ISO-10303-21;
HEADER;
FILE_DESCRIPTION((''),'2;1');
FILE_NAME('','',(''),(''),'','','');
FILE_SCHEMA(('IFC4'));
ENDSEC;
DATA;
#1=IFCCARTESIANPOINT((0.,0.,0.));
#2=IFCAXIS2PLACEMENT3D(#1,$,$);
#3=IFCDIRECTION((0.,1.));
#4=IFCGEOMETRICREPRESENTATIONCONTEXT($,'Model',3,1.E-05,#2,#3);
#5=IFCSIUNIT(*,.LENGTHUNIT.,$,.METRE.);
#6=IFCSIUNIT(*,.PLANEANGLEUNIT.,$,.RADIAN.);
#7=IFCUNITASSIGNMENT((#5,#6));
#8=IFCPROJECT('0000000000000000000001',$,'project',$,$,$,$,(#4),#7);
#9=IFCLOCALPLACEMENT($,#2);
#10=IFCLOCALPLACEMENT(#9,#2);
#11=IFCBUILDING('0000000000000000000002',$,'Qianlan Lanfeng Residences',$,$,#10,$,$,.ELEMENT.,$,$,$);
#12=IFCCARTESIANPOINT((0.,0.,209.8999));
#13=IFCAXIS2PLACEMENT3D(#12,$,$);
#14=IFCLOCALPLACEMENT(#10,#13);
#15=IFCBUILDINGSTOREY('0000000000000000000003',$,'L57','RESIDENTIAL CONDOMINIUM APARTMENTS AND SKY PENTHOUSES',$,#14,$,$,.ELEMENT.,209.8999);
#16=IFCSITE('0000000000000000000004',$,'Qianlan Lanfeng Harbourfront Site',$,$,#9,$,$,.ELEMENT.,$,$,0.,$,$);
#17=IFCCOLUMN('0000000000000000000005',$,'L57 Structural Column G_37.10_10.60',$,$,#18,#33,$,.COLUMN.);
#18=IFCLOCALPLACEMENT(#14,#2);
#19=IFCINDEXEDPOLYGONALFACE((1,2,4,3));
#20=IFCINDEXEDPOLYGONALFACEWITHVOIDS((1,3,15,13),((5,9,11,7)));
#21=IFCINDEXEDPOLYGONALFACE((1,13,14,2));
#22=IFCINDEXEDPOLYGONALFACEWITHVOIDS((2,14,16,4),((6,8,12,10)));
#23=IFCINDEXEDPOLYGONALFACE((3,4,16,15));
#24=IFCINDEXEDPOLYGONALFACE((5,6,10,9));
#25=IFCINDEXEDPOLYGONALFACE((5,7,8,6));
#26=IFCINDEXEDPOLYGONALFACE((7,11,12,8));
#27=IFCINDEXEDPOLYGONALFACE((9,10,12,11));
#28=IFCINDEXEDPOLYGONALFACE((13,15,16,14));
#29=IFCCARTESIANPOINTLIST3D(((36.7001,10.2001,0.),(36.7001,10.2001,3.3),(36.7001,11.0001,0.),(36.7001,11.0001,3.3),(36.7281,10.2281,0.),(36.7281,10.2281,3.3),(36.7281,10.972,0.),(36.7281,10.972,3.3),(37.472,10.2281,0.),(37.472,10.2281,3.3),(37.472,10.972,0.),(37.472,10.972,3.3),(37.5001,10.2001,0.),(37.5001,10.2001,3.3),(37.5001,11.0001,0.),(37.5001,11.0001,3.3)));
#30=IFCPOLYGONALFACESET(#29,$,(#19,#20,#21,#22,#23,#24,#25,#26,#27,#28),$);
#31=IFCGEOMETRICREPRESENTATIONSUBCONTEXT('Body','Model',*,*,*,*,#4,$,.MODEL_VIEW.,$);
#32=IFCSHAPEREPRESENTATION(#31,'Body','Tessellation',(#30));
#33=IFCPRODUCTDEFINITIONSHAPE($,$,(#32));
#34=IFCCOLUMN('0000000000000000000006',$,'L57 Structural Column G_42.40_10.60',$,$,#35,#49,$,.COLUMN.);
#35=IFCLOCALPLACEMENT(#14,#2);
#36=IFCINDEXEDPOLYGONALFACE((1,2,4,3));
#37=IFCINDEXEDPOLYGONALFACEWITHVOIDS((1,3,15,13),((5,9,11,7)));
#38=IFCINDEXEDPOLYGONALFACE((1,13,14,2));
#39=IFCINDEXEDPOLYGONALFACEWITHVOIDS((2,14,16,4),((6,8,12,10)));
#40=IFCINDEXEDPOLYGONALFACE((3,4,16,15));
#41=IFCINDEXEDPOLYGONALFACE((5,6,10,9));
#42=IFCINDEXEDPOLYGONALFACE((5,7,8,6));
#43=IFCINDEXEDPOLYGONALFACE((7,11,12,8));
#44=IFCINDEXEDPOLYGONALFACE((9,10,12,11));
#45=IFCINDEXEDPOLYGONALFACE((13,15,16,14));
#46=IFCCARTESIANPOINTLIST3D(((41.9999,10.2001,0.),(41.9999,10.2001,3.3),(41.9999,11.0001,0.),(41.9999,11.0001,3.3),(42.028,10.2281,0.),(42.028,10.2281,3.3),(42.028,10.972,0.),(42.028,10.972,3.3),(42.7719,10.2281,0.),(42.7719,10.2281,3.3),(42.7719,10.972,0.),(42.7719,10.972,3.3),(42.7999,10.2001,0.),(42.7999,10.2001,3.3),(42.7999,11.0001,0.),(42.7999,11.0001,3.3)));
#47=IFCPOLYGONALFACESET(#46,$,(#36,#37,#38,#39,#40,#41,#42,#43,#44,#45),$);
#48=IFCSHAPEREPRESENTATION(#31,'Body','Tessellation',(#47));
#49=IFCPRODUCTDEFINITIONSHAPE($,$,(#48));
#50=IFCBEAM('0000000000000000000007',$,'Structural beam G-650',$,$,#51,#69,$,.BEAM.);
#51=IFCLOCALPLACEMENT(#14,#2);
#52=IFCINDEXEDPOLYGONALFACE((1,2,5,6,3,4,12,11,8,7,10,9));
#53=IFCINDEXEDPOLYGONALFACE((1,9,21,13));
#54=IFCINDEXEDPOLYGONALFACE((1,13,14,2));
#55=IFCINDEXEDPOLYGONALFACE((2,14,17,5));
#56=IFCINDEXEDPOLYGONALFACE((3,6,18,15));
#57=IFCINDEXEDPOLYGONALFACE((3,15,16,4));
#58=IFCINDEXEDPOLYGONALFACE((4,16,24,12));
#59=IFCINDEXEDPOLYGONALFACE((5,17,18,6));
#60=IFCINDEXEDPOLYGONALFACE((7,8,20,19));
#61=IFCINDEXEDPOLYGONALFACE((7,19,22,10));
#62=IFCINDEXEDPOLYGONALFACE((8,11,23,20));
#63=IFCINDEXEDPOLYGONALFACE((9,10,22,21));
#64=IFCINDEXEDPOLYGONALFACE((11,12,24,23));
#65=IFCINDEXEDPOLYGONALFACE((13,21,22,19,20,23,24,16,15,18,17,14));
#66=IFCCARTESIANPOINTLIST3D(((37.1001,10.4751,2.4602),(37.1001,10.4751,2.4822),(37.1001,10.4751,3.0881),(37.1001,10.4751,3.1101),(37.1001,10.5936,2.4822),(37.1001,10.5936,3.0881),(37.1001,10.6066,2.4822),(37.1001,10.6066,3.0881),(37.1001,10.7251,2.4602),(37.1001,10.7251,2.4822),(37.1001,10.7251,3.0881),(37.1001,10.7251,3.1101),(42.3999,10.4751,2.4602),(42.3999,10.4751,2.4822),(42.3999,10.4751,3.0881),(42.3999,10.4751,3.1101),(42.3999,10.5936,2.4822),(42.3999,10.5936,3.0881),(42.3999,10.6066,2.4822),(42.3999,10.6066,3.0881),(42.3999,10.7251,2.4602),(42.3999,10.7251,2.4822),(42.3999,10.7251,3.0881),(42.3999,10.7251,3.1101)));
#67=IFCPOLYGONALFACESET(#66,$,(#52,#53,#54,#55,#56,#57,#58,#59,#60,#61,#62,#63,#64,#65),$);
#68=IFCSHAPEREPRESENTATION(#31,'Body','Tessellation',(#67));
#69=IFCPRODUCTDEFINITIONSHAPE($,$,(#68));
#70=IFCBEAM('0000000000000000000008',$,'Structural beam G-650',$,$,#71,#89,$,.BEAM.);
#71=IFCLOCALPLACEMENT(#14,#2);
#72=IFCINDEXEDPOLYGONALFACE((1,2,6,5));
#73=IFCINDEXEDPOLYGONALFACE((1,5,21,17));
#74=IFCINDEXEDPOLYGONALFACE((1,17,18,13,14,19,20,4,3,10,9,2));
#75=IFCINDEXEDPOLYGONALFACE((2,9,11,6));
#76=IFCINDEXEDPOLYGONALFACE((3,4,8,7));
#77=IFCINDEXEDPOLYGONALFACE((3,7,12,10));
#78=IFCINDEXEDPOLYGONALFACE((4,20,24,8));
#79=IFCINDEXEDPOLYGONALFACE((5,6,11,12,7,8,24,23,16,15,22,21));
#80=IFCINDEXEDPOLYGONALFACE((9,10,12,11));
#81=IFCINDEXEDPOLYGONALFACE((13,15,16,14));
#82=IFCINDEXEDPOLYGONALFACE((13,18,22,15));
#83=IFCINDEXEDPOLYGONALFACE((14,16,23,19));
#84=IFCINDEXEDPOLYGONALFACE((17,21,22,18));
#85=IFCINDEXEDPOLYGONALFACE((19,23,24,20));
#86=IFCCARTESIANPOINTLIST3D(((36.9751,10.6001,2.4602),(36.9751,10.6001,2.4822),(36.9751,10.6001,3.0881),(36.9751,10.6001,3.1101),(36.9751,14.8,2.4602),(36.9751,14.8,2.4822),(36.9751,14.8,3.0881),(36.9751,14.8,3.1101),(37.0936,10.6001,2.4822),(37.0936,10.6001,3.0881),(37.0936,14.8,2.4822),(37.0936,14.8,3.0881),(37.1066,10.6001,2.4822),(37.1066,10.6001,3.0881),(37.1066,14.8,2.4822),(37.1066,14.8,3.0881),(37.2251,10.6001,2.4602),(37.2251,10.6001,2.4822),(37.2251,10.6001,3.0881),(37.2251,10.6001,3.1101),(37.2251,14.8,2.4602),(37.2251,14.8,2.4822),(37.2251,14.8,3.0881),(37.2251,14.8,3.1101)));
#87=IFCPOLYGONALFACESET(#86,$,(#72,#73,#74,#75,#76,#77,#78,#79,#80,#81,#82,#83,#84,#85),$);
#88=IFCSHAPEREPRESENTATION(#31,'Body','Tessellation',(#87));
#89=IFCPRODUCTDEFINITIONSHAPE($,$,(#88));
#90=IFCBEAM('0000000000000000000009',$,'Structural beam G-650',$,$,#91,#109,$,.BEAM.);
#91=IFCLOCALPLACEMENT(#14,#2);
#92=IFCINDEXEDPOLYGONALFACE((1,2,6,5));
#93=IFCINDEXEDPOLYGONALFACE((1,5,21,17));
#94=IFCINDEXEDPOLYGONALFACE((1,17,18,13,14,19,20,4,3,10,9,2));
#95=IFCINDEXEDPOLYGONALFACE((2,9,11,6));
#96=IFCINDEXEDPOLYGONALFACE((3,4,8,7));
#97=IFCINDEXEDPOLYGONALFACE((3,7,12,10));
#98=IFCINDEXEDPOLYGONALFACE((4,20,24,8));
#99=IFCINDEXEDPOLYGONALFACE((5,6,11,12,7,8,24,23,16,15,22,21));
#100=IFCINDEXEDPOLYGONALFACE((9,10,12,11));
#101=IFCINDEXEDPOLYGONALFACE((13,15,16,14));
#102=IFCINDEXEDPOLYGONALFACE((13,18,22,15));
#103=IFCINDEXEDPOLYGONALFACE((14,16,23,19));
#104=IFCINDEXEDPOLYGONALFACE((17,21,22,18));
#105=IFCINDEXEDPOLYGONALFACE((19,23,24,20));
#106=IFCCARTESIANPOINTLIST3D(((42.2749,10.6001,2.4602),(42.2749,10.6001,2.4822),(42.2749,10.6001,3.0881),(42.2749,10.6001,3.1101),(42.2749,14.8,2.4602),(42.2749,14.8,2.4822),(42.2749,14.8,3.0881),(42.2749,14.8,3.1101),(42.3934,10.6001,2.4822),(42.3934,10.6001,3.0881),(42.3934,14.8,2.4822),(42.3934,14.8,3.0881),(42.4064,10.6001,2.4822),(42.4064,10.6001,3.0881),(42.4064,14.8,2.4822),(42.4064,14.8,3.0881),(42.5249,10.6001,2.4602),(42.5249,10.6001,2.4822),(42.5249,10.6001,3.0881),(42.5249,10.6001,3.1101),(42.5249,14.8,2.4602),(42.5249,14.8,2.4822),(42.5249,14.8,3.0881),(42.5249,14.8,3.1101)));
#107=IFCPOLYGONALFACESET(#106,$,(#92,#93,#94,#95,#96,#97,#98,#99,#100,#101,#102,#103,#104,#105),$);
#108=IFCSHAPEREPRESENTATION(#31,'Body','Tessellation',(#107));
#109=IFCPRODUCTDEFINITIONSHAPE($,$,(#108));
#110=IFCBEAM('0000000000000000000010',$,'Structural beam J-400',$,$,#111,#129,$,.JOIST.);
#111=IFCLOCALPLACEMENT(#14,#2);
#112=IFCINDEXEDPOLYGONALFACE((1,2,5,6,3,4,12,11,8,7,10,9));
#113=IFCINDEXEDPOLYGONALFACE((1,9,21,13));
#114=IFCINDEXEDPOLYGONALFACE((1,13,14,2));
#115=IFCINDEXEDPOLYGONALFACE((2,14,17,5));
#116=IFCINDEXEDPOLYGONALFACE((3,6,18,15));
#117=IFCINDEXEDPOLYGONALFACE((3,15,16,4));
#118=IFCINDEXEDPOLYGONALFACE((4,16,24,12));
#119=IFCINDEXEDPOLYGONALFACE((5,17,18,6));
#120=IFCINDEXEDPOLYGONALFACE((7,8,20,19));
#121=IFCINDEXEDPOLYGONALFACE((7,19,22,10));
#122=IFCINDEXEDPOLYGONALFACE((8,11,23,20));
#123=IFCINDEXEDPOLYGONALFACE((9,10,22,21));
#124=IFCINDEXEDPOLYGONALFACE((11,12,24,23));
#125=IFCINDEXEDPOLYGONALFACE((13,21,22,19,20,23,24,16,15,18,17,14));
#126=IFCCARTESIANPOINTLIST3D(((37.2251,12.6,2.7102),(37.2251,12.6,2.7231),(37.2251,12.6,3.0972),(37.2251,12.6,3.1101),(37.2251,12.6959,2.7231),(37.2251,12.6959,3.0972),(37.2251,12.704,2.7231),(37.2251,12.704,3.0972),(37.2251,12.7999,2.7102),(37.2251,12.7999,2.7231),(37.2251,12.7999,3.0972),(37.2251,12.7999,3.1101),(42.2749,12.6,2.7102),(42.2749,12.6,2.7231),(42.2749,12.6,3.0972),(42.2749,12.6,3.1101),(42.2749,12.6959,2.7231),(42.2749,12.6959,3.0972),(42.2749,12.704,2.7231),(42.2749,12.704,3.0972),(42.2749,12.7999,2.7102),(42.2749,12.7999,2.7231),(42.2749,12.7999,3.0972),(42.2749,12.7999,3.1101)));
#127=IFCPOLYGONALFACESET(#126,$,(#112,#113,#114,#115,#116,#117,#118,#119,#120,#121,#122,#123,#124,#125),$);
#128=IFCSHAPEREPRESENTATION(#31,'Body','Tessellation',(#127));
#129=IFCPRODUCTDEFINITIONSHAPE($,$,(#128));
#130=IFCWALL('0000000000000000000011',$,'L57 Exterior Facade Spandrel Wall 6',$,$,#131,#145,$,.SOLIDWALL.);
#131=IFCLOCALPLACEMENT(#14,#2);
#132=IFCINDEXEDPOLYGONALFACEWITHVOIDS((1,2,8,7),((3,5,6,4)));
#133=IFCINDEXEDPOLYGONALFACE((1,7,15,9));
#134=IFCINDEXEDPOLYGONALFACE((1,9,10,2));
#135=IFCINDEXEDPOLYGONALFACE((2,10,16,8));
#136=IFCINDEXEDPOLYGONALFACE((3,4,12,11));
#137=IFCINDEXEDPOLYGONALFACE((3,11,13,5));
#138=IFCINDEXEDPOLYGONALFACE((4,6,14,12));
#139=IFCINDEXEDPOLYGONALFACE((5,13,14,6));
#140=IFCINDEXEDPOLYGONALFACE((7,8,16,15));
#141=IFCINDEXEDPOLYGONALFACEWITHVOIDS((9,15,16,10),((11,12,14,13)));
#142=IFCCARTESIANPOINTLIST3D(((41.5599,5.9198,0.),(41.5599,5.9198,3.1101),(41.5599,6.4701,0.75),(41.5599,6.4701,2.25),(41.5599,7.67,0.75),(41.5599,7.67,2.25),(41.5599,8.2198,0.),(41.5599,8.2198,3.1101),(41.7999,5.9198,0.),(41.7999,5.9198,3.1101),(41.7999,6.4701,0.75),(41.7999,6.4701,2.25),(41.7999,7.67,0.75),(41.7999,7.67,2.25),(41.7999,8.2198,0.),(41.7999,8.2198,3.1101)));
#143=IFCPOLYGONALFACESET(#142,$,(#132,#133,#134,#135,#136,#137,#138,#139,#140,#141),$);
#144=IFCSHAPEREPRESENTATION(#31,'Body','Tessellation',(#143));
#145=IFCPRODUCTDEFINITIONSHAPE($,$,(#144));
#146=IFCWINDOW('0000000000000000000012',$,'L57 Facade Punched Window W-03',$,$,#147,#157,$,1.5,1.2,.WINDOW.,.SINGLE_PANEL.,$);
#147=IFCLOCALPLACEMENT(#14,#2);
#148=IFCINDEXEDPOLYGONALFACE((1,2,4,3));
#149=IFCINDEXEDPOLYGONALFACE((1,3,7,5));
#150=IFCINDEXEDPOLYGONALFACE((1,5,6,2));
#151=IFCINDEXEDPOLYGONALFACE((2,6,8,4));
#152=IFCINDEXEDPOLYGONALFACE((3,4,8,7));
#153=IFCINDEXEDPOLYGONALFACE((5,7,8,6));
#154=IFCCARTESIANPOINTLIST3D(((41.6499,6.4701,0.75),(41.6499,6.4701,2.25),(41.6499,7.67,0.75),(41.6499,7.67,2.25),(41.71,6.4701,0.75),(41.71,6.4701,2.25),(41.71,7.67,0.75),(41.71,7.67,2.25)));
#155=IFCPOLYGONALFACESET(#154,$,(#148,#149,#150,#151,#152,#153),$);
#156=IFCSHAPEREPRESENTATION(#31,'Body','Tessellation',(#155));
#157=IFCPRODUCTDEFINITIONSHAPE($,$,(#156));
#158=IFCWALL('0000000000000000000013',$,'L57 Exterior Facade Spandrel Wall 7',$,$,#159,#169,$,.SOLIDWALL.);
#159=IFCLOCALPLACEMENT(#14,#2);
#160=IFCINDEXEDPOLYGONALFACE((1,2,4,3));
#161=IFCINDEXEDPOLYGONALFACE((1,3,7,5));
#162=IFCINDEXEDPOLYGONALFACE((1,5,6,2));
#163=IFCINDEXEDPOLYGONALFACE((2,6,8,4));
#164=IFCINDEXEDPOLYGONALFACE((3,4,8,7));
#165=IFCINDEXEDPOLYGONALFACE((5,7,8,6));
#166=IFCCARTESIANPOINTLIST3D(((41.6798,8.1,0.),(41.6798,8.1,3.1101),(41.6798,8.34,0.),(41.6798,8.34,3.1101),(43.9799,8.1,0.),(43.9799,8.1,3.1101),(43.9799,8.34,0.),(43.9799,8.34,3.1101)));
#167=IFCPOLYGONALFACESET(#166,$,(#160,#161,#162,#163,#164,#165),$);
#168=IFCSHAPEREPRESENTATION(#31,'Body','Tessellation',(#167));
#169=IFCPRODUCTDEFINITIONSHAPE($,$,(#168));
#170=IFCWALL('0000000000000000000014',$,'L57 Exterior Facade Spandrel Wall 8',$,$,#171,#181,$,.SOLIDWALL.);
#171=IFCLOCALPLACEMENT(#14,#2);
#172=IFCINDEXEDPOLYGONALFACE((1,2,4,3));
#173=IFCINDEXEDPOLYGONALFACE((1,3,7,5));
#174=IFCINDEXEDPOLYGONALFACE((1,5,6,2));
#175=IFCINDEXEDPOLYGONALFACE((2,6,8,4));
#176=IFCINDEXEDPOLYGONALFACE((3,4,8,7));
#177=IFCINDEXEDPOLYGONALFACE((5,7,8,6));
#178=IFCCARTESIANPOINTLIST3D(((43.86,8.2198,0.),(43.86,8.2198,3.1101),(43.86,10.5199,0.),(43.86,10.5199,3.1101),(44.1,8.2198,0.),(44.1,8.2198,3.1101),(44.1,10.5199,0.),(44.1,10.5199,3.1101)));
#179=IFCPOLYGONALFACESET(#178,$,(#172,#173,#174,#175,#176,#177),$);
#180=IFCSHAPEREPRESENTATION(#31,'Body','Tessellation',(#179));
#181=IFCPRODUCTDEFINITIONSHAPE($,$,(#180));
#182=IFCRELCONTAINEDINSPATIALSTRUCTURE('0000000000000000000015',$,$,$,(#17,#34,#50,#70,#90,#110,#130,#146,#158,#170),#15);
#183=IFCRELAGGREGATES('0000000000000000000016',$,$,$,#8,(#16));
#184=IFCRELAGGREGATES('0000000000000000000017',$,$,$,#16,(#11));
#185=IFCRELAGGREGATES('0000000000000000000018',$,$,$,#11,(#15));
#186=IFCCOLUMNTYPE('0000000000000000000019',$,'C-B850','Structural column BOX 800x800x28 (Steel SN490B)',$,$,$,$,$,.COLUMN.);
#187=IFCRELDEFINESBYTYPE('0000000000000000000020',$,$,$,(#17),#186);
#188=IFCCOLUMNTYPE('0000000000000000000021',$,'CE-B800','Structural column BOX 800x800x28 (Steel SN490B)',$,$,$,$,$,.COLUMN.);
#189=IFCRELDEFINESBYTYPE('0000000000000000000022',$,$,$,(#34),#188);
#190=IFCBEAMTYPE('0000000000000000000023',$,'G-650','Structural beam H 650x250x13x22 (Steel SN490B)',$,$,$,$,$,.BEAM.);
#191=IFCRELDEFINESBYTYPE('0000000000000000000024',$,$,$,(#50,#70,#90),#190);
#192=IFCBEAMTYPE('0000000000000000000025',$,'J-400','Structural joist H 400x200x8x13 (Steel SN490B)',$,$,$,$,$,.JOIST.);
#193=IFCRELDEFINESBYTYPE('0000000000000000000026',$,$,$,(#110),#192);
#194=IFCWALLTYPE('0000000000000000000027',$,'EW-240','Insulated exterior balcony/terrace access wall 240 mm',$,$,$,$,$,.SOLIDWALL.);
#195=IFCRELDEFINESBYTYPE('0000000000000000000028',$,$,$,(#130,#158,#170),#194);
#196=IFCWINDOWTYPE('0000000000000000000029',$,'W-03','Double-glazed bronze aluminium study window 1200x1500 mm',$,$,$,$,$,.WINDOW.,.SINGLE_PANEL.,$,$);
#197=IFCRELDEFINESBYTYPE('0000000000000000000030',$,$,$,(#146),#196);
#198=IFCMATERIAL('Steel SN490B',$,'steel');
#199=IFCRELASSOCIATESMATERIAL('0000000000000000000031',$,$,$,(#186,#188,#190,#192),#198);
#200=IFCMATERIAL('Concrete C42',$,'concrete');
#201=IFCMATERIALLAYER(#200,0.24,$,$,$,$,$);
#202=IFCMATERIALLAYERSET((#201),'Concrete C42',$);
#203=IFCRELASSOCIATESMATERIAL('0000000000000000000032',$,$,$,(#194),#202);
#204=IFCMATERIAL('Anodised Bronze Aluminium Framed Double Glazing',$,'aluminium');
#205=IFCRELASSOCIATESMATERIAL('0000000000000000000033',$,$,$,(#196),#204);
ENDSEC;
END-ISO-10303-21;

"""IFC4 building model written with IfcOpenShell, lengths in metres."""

from ifc_helpers import new_model, si_unit, direction, frame, frame_2d, origin, origin_2d, place, context, subcontext, project, spatial, rectangle, hollow_rectangle, i_section, extrude, material, layer, layer_set, material_profile, profile_set, type_object, element, fill, save


model = new_model("IFC4")

# Units and contexts
model_context = context("Model", 3, precision=1e-05, world=origin(), true_north=direction((0.0, 1.0)))
body_context = subcontext(model_context, "Body", "Model", "MODEL_VIEW")
ifc_project = project(units=[si_unit("LENGTHUNIT", "METRE"), si_unit("PLANEANGLEUNIT", "RADIAN")], contexts=[model_context])

# Site, building, storey
site_placement = place(None, origin())
site = spatial("IfcSite", under=ifc_project, at=site_placement, Name="Qianlan Lanfeng Harbourfront Site", CompositionType="ELEMENT", RefElevation=0.0)
building_placement = place(site_placement, origin())
building = spatial("IfcBuilding", under=site, at=building_placement, Name="Qianlan Lanfeng Residences", CompositionType="ELEMENT")
storey_placement = place(building_placement, frame((0.0, 0.0, 209.8999)))
storey = spatial("IfcBuildingStorey", under=building, at=storey_placement, Name="L57", Description="RESIDENTIAL CONDOMINIUM APARTMENTS AND SKY PENTHOUSES", CompositionType="ELEMENT", Elevation=209.8999)

# Columns
ifc_material_1 = material(Name="Steel SN490B", Category="steel")
ifc_material_profile_1 = material_profile(ifc_material_1, hollow_rectangle(XDim=0.8, YDim=0.8, WallThickness=0.0281, at=origin_2d()), Name="BOX 800x800x28")
ifc_profile_set_1 = profile_set([ifc_material_profile_1], Name="Steel SN490B")
column_type_1 = type_object("IfcColumnType", Name="C-B850", Description="Structural column BOX 800x800x28 (Steel SN490B)", PredefinedType="COLUMN", material=ifc_profile_set_1)
column_1_placement = place(storey_placement, frame((37.1001, 10.6001, 0.0), z_axis=(0.0, 0.0, 1.0), x_axis=(1.0, 0.0, 0.0)))
element("IfcColumn", 1, at=column_1_placement, inside=storey, type_object=column_type_1, Name="L57 Structural Column G_37.10_10.60", PredefinedType="COLUMN", context=body_context, shape_type="SweptSolid", body=[
    extrude(hollow_rectangle(XDim=0.8, YDim=0.8, WallThickness=0.0281, at=origin_2d()), origin(), (0.0, 0.0, 1.0), 3.3),
])
ifc_material_profile_2 = material_profile(ifc_material_1, hollow_rectangle(XDim=0.8, YDim=0.8, WallThickness=0.0281, at=origin_2d()), Name="BOX 800x800x28")
ifc_profile_set_2 = profile_set([ifc_material_profile_2], Name="Steel SN490B")
column_type_2 = type_object("IfcColumnType", Name="CE-B800", Description="Structural column BOX 800x800x28 (Steel SN490B)", PredefinedType="COLUMN", material=ifc_profile_set_2)
column_2_placement = place(storey_placement, frame((42.3999, 10.6001, 0.0), z_axis=(0.0, 0.0, 1.0), x_axis=(1.0, 0.0, 0.0)))
element("IfcColumn", 2, at=column_2_placement, inside=storey, type_object=column_type_2, Name="L57 Structural Column G_42.40_10.60", PredefinedType="COLUMN", context=body_context, shape_type="SweptSolid", body=[
    extrude(hollow_rectangle(XDim=0.8, YDim=0.8, WallThickness=0.0281, at=origin_2d()), origin(), (0.0, 0.0, 1.0), 3.3),
])

# Beams
ifc_material_profile_3 = material_profile(ifc_material_1, i_section(OverallWidth=0.25, OverallDepth=0.6499, WebThickness=0.0129, FlangeThickness=0.022, at=origin_2d()), Name="H 650x250x13x22")
ifc_profile_set_3 = profile_set([ifc_material_profile_3], Name="Steel SN490B")
beam_type_1 = type_object("IfcBeamType", Name="G-650", Description="Structural beam H 650x250x13x22 (Steel SN490B)", PredefinedType="BEAM", material=ifc_profile_set_3)
beam_1_placement = place(storey_placement, frame((37.1001, 10.6001, 2.7852), z_axis=(1.0, 0.0, 0.0), x_axis=(0.0, 1.0, 0.0)))
element("IfcBeam", 3, at=beam_1_placement, inside=storey, type_object=beam_type_1, Name="Structural beam G-650", PredefinedType="BEAM", context=body_context, shape_type="SweptSolid", body=[
    extrude(i_section(OverallWidth=0.25, OverallDepth=0.6499, WebThickness=0.0129, FlangeThickness=0.022, at=origin_2d()), origin(), (0.0, 0.0, 1.0), 5.2998),
])
for number, where, z_axis, x_axis, name in (
    (4, (37.1001, 10.6001, 2.7852), (0.0, 1.0, 0.0), (-1.0, 0.0, 0.0), "Structural beam G-650"),
    (5, (42.3999, 10.6001, 2.7852), (0.0, 1.0, 0.0), (-1.0, 0.0, 0.0), "Structural beam G-650"),
):
    element("IfcBeam", number, at=place(storey_placement, frame(where, z_axis=z_axis, x_axis=x_axis)), inside=storey, type_object=beam_type_1, Name=name, PredefinedType="BEAM", context=body_context, shape_type="SweptSolid", body=[
        extrude(i_section(OverallWidth=0.25, OverallDepth=0.6499, WebThickness=0.0129, FlangeThickness=0.022, at=origin_2d()), origin(), (0.0, 0.0, 1.0), 4.2),
    ])
ifc_material_profile_4 = material_profile(ifc_material_1, i_section(OverallWidth=0.2, OverallDepth=0.3999, WebThickness=0.0081, FlangeThickness=0.0129, at=origin_2d()), Name="H 400x200x8x13")
ifc_profile_set_4 = profile_set([ifc_material_profile_4], Name="Steel SN490B")
beam_type_2 = type_object("IfcBeamType", Name="J-400", Description="Structural joist H 400x200x8x13 (Steel SN490B)", PredefinedType="JOIST", material=ifc_profile_set_4)
beam_2_placement = place(storey_placement, frame((37.2251, 12.7, 2.9102), z_axis=(1.0, 0.0, 0.0), x_axis=(0.0, 1.0, 0.0)))
element("IfcBeam", 6, at=beam_2_placement, inside=storey, type_object=beam_type_2, Name="Structural beam J-400", PredefinedType="JOIST", context=body_context, shape_type="SweptSolid", body=[
    extrude(i_section(OverallWidth=0.2, OverallDepth=0.3999, WebThickness=0.0081, FlangeThickness=0.0129, at=origin_2d()), origin(), (0.0, 0.0, 1.0), 5.0498),
])

# Wall, opening, window
ifc_material_2 = material(Name="Concrete C42", Category="concrete")
ifc_layer_1 = layer(ifc_material_2, 0.24)
ifc_layer_set_1 = layer_set([ifc_layer_1], Name="Concrete C42")
wall_type_1 = type_object("IfcWallType", Name="EW-240", Description="Insulated exterior balcony/terrace access wall 240 mm", PredefinedType="SOLIDWALL", material=ifc_layer_set_1)
wall_1_placement = place(storey_placement, frame((41.6799, 5.9199, 0.0), z_axis=(0.0, 0.0, 1.0), x_axis=(0.0, 1.0, 0.0)))
wall_1 = element("IfcWall", 7, at=wall_1_placement, inside=storey, type_object=wall_type_1, Name="L57 Exterior Facade Spandrel Wall 6", PredefinedType="SOLIDWALL", context=body_context, shape_type="SweptSolid", body=[
    extrude(rectangle(XDim=2.3, YDim=0.24, at=frame_2d((1.1499, 0.0))), origin(), (0.0, 0.0, 1.0), 3.1101),
])
opening_1_placement = place(wall_1_placement, frame((0.55, 0.0, 0.75)))
opening_1 = element("IfcOpeningElement", 8, at=opening_1_placement, cuts=wall_1, PredefinedType="OPENING", context=body_context, shape_type="SweptSolid", body=[
    extrude(rectangle(XDim=1.2, YDim=1.5, at=frame_2d((0.6001, 0.75))), frame((0.0, 0.1299, 0.0), z_axis=(0.0, -1.0, 0.0), x_axis=(1.0, 0.0, 0.0)), (0.0, 0.0, 1.0), 0.26),
])
ifc_material_3 = material(Name="Anodised Bronze Aluminium Framed Double Glazing", Category="aluminium")
window_type = type_object("IfcWindowType", Name="W-03", Description="Double-glazed bronze aluminium study window 1200x1500 mm", PartitioningType="SINGLE_PANEL", PredefinedType="WINDOW", material=ifc_material_3)
window_placement = place(opening_1_placement, origin())
window = element("IfcWindow", 9, at=window_placement, inside=storey, type_object=window_type, Name="L57 Facade Punched Window W-03", OverallHeight=1.5, OverallWidth=1.2, PartitioningType="SINGLE_PANEL", PredefinedType="WINDOW", context=body_context, shape_type="SweptSolid", body=[
    extrude(rectangle(XDim=1.2, YDim=1.5, at=frame_2d((0.6001, 0.75))), frame((0.0, 0.03, 0.0), z_axis=(0.0, -1.0, 0.0), x_axis=(1.0, 0.0, 0.0)), (0.0, 0.0, 1.0), 0.0601),
])
fill(opening_1, window)

# Walls
for number, where, z_axis, x_axis, name in (
    (10, (41.6799, 8.22, 0.0), (0.0, 0.0, 1.0), (1.0, 0.0, 0.0), "L57 Exterior Facade Spandrel Wall 7"),
    (11, (43.98, 8.22, 0.0), (0.0, 0.0, 1.0), (0.0, 1.0, 0.0), "L57 Exterior Facade Spandrel Wall 8"),
):
    element("IfcWall", number, at=place(storey_placement, frame(where, z_axis=z_axis, x_axis=x_axis)), inside=storey, type_object=wall_type_1, Name=name, PredefinedType="SOLIDWALL", context=body_context, shape_type="SweptSolid", body=[
        extrude(rectangle(XDim=2.3, YDim=0.24, at=frame_2d((1.1499, 0.0))), origin(), (0.0, 0.0, 1.0), 3.1101),
    ])

save(model, "model.ifc")
